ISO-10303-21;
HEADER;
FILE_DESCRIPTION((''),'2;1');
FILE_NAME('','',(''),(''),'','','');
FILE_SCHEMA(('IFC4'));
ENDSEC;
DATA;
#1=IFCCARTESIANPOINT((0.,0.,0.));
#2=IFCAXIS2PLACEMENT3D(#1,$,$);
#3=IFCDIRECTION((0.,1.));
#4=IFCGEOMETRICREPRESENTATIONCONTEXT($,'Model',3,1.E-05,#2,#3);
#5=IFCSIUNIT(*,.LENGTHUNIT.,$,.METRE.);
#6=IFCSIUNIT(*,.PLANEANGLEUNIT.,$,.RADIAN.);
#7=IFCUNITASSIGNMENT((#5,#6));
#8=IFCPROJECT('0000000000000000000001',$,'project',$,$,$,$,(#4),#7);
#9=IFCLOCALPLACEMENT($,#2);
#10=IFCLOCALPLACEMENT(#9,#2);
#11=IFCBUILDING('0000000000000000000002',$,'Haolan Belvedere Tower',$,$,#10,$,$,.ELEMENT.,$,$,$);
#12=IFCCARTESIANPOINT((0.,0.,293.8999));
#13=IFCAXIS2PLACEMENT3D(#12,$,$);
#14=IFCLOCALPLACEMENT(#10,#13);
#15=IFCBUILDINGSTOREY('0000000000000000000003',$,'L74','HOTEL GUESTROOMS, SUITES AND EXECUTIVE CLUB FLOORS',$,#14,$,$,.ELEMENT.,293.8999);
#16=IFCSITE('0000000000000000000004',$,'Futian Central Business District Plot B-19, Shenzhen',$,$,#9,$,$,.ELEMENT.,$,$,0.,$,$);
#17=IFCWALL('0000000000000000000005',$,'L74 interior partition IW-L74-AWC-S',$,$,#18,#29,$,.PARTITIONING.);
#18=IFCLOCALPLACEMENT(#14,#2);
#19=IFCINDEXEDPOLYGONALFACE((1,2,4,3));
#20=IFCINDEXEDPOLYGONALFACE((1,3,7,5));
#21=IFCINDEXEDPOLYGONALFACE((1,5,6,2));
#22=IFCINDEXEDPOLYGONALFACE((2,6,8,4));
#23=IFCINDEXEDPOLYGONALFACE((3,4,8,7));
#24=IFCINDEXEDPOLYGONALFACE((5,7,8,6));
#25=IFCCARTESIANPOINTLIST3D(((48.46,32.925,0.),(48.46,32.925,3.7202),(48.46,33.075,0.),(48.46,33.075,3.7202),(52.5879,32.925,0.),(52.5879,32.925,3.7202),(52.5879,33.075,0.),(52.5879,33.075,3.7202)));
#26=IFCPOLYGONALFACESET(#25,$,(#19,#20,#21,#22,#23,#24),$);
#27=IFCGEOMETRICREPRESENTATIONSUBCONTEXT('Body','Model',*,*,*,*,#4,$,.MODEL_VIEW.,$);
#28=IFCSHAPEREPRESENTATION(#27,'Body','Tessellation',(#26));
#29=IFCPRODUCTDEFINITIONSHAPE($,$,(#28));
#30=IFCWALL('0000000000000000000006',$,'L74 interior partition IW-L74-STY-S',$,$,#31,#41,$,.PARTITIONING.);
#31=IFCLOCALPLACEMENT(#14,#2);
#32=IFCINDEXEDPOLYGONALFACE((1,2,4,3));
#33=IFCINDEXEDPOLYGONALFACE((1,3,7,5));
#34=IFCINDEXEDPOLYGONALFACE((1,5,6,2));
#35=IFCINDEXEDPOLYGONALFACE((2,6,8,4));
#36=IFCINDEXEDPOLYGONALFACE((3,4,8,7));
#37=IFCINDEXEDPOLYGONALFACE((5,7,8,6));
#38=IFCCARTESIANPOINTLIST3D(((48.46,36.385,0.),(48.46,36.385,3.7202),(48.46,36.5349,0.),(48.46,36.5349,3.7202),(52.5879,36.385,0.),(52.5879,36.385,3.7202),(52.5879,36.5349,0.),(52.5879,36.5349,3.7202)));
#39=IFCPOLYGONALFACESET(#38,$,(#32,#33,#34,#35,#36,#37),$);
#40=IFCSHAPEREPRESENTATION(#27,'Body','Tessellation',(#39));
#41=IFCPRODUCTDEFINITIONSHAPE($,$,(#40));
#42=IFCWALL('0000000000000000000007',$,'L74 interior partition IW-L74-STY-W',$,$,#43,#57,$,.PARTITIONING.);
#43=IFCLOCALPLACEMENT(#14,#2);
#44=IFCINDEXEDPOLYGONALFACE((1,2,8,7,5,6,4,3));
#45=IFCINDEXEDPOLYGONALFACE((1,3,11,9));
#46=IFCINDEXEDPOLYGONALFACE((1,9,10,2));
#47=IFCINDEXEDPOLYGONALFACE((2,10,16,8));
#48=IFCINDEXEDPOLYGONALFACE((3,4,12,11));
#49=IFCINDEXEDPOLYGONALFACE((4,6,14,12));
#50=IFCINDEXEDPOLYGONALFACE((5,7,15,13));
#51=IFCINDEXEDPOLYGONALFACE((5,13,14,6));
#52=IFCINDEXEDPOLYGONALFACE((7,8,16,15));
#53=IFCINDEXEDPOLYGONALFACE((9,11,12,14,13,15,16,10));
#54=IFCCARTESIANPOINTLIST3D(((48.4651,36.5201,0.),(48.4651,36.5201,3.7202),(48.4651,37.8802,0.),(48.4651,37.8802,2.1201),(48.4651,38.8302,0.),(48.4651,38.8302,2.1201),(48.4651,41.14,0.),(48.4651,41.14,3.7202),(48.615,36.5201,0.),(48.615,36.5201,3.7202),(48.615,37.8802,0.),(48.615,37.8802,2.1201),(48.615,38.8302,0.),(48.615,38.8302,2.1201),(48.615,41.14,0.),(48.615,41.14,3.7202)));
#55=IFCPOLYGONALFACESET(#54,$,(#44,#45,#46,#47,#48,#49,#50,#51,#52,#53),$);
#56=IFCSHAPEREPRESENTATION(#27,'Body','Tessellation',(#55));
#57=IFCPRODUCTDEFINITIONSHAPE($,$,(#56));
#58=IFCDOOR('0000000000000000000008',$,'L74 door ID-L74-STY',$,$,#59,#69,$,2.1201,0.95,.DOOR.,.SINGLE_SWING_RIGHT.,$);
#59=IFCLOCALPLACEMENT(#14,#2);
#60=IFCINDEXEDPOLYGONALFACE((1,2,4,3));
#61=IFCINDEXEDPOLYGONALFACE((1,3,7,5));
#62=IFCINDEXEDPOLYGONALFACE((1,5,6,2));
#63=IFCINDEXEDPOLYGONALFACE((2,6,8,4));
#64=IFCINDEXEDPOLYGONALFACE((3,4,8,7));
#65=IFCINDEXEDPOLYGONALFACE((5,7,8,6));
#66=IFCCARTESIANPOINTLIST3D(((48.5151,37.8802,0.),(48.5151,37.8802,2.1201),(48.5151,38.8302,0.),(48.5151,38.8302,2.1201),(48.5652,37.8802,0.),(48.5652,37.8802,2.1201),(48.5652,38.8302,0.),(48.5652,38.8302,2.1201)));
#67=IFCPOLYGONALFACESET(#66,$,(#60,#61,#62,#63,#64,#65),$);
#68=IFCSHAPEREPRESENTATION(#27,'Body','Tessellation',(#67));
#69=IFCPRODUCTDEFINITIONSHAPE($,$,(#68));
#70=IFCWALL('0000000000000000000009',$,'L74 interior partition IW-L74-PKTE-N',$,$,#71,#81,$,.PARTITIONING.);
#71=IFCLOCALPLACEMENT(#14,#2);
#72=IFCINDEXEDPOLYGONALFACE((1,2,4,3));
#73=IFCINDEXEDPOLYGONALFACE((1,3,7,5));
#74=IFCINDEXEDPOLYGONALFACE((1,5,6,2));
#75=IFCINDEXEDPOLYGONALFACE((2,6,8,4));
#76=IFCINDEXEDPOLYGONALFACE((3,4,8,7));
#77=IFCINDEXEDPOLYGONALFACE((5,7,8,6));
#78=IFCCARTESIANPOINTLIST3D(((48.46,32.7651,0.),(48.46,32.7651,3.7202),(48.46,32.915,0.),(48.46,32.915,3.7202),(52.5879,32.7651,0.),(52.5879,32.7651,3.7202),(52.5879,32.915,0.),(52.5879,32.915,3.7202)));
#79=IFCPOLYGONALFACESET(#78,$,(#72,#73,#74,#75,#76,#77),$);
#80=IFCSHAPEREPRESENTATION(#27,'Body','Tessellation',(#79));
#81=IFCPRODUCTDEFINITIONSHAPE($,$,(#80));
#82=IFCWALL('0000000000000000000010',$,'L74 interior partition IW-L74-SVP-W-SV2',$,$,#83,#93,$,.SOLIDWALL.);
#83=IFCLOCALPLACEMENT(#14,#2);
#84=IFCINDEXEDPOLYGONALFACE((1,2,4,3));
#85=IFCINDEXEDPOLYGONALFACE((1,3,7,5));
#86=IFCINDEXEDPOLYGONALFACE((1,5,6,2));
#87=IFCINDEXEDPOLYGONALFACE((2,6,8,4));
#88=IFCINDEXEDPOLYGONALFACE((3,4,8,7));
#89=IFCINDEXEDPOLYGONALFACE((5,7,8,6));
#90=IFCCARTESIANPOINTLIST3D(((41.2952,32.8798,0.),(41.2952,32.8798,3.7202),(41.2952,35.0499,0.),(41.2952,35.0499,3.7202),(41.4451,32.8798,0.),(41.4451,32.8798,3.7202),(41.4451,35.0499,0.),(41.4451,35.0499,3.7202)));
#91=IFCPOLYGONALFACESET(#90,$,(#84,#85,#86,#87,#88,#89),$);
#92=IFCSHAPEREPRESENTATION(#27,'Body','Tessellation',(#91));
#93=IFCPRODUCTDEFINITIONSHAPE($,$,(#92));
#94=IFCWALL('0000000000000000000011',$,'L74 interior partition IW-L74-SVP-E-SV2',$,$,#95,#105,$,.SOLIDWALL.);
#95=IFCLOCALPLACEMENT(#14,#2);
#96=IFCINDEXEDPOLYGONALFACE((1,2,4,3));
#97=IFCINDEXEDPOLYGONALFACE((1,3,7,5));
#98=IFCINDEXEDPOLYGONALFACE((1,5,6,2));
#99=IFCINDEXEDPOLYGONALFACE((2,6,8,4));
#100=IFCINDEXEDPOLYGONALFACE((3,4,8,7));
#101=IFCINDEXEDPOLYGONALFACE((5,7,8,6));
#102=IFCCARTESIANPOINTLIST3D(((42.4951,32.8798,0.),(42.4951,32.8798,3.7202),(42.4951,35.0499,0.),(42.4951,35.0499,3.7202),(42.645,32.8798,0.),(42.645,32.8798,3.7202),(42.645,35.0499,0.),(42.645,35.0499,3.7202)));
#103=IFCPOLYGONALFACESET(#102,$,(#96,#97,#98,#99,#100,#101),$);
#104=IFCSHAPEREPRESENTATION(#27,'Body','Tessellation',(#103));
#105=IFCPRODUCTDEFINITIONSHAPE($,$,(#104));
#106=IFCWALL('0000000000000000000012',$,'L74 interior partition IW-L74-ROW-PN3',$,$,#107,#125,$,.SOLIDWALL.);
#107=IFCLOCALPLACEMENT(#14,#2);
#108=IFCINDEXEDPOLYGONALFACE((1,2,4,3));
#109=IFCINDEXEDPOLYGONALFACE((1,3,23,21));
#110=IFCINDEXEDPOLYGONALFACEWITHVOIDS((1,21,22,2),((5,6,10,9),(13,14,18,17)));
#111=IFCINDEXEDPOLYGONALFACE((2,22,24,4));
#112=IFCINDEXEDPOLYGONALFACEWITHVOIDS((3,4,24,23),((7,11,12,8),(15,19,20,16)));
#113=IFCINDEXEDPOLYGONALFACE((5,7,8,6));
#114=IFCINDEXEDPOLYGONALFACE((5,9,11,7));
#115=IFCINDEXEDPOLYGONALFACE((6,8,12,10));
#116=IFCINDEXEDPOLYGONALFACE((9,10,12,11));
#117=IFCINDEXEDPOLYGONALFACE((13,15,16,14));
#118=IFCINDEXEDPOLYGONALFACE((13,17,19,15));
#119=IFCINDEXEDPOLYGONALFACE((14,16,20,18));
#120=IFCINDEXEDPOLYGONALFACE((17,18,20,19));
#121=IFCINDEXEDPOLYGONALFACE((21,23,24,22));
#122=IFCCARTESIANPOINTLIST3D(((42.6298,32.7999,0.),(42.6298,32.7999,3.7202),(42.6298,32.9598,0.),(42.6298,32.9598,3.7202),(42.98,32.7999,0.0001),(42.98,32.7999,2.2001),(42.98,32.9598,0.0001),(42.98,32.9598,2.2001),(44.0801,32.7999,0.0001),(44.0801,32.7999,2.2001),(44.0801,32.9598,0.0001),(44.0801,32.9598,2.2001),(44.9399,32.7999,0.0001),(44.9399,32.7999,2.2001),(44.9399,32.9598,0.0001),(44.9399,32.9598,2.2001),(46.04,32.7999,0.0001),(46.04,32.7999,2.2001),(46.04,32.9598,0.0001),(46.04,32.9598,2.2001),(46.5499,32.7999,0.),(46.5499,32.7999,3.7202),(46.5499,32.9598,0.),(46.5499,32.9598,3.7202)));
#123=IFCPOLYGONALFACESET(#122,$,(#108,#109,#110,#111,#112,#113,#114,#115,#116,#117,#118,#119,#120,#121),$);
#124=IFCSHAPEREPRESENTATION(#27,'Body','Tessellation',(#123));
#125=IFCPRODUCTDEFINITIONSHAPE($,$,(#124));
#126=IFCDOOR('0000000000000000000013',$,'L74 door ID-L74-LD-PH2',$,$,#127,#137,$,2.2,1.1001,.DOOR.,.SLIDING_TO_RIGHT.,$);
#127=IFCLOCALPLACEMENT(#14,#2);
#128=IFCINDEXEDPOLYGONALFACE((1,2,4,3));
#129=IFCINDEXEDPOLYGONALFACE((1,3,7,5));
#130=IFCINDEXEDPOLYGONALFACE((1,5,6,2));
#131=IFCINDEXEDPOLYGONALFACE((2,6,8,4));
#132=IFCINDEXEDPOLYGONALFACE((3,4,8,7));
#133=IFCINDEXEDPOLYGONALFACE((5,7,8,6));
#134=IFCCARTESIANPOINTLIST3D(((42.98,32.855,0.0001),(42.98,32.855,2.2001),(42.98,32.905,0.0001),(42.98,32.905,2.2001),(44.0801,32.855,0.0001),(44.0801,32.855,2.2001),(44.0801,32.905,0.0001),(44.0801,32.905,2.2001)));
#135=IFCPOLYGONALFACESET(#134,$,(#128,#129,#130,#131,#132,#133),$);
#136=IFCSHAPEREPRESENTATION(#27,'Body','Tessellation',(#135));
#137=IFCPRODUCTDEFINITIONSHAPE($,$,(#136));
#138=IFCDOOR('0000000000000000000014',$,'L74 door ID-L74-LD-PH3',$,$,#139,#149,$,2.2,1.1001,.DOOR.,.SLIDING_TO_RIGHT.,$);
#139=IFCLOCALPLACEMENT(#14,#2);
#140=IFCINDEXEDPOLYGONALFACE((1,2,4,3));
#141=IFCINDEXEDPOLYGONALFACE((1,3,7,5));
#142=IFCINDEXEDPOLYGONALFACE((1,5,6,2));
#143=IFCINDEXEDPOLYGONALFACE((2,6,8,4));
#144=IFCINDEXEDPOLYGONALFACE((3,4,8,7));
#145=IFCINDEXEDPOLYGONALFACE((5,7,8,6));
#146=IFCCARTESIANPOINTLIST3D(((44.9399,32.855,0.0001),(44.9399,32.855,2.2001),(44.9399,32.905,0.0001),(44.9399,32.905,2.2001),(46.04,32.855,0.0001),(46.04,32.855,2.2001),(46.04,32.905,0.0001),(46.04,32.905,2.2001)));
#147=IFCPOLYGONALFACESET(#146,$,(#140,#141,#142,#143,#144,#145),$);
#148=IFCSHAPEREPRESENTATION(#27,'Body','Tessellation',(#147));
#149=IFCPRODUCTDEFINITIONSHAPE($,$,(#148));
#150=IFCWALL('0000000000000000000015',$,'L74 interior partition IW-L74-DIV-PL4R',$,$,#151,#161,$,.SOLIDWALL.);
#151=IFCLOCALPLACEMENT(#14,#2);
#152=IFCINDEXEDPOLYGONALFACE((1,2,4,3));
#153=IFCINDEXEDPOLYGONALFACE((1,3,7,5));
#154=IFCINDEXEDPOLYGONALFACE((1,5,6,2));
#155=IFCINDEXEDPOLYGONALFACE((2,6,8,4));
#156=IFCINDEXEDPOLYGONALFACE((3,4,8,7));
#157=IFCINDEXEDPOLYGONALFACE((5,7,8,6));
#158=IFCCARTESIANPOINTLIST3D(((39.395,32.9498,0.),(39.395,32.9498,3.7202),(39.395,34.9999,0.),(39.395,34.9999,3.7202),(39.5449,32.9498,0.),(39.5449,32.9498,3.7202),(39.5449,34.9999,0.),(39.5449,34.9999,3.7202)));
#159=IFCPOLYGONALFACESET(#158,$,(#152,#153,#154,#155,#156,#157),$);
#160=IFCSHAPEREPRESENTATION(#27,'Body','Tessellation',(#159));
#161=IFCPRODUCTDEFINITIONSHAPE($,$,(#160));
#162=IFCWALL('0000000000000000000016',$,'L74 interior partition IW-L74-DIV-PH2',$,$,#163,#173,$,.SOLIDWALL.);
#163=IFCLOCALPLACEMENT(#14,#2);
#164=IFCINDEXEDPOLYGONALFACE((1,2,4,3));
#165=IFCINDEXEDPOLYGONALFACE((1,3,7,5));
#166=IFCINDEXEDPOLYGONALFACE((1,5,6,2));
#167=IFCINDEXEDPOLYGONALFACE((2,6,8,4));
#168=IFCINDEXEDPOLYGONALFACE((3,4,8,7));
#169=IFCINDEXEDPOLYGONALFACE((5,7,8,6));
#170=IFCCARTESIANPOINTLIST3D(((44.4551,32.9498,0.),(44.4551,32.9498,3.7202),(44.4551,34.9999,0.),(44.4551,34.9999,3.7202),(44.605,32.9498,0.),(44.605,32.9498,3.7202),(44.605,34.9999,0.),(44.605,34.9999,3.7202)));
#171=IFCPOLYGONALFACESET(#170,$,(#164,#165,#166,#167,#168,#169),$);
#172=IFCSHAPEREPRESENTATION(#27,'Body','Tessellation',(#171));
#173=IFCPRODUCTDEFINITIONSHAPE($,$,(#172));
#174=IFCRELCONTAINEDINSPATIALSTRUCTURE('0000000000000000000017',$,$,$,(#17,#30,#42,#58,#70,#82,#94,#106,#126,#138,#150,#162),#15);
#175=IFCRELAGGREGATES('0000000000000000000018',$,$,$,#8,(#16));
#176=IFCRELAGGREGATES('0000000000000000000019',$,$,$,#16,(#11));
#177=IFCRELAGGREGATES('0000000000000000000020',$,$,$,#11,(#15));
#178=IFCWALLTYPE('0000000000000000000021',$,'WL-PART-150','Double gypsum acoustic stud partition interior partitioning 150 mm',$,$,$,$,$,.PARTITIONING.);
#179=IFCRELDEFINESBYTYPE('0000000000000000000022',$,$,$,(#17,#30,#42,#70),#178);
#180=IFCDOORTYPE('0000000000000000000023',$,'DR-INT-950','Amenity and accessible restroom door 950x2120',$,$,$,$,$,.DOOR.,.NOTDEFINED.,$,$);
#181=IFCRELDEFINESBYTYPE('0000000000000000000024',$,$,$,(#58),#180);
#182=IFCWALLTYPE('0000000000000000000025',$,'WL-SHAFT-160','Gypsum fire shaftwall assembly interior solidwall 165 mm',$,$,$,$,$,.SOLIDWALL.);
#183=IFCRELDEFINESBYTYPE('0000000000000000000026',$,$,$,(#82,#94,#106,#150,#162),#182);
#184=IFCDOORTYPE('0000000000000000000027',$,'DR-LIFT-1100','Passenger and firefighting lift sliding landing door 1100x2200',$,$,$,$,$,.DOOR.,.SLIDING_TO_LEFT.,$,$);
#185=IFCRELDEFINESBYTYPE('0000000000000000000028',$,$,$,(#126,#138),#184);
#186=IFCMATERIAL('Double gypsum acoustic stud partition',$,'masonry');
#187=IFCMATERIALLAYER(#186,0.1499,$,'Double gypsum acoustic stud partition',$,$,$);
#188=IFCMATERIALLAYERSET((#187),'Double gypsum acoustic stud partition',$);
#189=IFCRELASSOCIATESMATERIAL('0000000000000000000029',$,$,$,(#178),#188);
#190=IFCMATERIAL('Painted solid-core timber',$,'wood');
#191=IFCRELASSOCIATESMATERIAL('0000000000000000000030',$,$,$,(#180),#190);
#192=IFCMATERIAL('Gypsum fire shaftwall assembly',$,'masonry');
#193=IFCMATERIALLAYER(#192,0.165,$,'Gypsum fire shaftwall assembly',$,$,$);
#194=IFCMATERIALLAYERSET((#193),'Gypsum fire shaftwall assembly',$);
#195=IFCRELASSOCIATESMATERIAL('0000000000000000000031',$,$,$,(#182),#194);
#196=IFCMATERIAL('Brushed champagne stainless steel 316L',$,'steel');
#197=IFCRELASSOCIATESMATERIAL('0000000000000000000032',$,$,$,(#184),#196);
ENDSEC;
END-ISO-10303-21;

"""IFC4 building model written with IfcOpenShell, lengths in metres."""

from ifc_helpers import new_model, si_unit, direction, frame, frame_2d, origin, place, context, subcontext, project, spatial, rectangle, extrude, material, layer, layer_set, type_object, element, fill, save


model = new_model("IFC4")

# Units and contexts
model_context = context("Model", 3, precision=1e-05, world=origin(), true_north=direction((0.0, 1.0)))
body_context = subcontext(model_context, "Body", "Model", "MODEL_VIEW")
ifc_project = project(units=[si_unit("LENGTHUNIT", "METRE"), si_unit("PLANEANGLEUNIT", "RADIAN")], contexts=[model_context])

# Site, building, storey
site_placement = place(None, origin())
site = spatial("IfcSite", under=ifc_project, at=site_placement, Name="Futian Central Business District Plot B-19, Shenzhen", CompositionType="ELEMENT", RefElevation=0.0)
building_placement = place(site_placement, origin())
building = spatial("IfcBuilding", under=site, at=building_placement, Name="Haolan Belvedere Tower", CompositionType="ELEMENT")
storey_placement = place(building_placement, frame((0.0, 0.0, 293.8999)))
storey = spatial("IfcBuildingStorey", under=building, at=storey_placement, Name="L74", Description="HOTEL GUESTROOMS, SUITES AND EXECUTIVE CLUB FLOORS", CompositionType="ELEMENT", Elevation=293.8999)

# Wall
ifc_material_1 = material(Name="Double gypsum acoustic stud partition", Category="masonry")
ifc_layer_1 = layer(ifc_material_1, 0.1499, Name="Double gypsum acoustic stud partition")
ifc_layer_set_1 = layer_set([ifc_layer_1], Name="Double gypsum acoustic stud partition")
wall_type_1 = type_object("IfcWallType", Name="WL-PART-150", Description="Double gypsum acoustic stud partition interior partitioning 150 mm", PredefinedType="PARTITIONING", material=ifc_layer_set_1)
for number, where, z_axis, x_axis, name in (
    (1, (48.46, 33.0, 0.0), (0.0, 0.0, 1.0), (1.0, 0.0, 0.0), "L74 interior partition IW-L74-AWC-S"),
):
    element("IfcWall", number, at=place(storey_placement, frame(where, z_axis=z_axis, x_axis=x_axis)), inside=storey, type_object=wall_type_1, Name=name, PredefinedType="PARTITIONING", context=body_context, shape_type="SweptSolid", body=[
        extrude(rectangle(XDim=4.1279, YDim=0.1499, at=frame_2d((2.064, 0.0))), origin(), (0.0, 0.0, 1.0), 3.7202),
    ])

# Shared definitions
ifc_material_2 = material(Name="Painted solid-core timber", Category="wood")
door_type_1 = type_object("IfcDoorType", Name="DR-INT-950", Description="Amenity and accessible restroom door 950x2120", OperationType="NOTDEFINED", PredefinedType="DOOR", material=ifc_material_2)

# Wall
wall_1_placement = place(storey_placement, frame((48.46, 36.46, 0.0), z_axis=(0.0, 0.0, 1.0), x_axis=(1.0, 0.0, 0.0)))
element("IfcWall", 2, at=wall_1_placement, inside=storey, type_object=wall_type_1, Name="L74 interior partition IW-L74-STY-S", PredefinedType="PARTITIONING", context=body_context, shape_type="SweptSolid", body=[
    extrude(rectangle(XDim=4.1279, YDim=0.1499, at=frame_2d((2.064, 0.0))), origin(), (0.0, 0.0, 1.0), 3.7202),
])

# Wall, opening, door
wall_2_placement = place(storey_placement, frame((48.54, 36.52, 0.0), z_axis=(0.0, 0.0, 1.0), x_axis=(0.0, 1.0, 0.0)))
wall_2 = element("IfcWall", 3, at=wall_2_placement, inside=storey, type_object=wall_type_1, Name="L74 interior partition IW-L74-STY-W", PredefinedType="PARTITIONING", context=body_context, shape_type="SweptSolid", body=[
    extrude(rectangle(XDim=4.6199, YDim=0.1499, at=frame_2d((2.3101, 0.0))), origin(), (0.0, 0.0, 1.0), 3.7202),
])
opening_1_placement = place(wall_2_placement, frame((1.3601, 0.0, 0.0)))
opening_1 = element("IfcOpeningElement", 4, at=opening_1_placement, cuts=wall_2, PredefinedType="OPENING", context=body_context, shape_type="SweptSolid", body=[
    extrude(rectangle(XDim=0.95, YDim=2.1201, at=frame_2d((0.4751, 1.0601))), frame((0.0, 0.085, 0.0), z_axis=(0.0, -1.0, 0.0), x_axis=(1.0, 0.0, 0.0)), (0.0, 0.0, 1.0), 0.1699),
])
door_1_placement = place(opening_1_placement, origin())
door_1 = element("IfcDoor", 5, at=door_1_placement, inside=storey, type_object=door_type_1, Name="L74 door ID-L74-STY", OperationType="SINGLE_SWING_RIGHT", OverallHeight=2.1201, OverallWidth=0.95, PredefinedType="DOOR", context=body_context, shape_type="SweptSolid", body=[
    extrude(rectangle(XDim=0.95, YDim=2.1201, at=frame_2d((0.4751, 1.0601))), frame((0.0, 0.0249, 0.0), z_axis=(0.0, -1.0, 0.0), x_axis=(1.0, 0.0, 0.0)), (0.0, 0.0, 1.0), 0.05),
])
fill(opening_1, door_1)

# Walls
wall_3_placement = place(storey_placement, frame((48.46, 32.8401, 0.0), z_axis=(0.0, 0.0, 1.0), x_axis=(1.0, 0.0, 0.0)))
element("IfcWall", 6, at=wall_3_placement, inside=storey, type_object=wall_type_1, Name="L74 interior partition IW-L74-PKTE-N", PredefinedType="PARTITIONING", context=body_context, shape_type="SweptSolid", body=[
    extrude(rectangle(XDim=4.1279, YDim=0.1499, at=frame_2d((2.064, 0.0))), origin(), (0.0, 0.0, 1.0), 3.7202),
])
ifc_material_3 = material(Name="Gypsum fire shaftwall assembly", Category="masonry")
ifc_layer_2 = layer(ifc_material_3, 0.165, Name="Gypsum fire shaftwall assembly")
ifc_layer_set_2 = layer_set([ifc_layer_2], Name="Gypsum fire shaftwall assembly")
wall_type_2 = type_object("IfcWallType", Name="WL-SHAFT-160", Description="Gypsum fire shaftwall assembly interior solidwall 165 mm", PredefinedType="SOLIDWALL", material=ifc_layer_set_2)
for number, where, z_axis, x_axis, name in (
    (7, (41.3701, 32.8799, 0.0), (0.0, 0.0, 1.0), (0.0, 1.0, 0.0), "L74 interior partition IW-L74-SVP-W-SV2"),
    (8, (42.5701, 32.8799, 0.0), (0.0, 0.0, 1.0), (0.0, 1.0, 0.0), "L74 interior partition IW-L74-SVP-E-SV2"),
):
    element("IfcWall", number, at=place(storey_placement, frame(where, z_axis=z_axis, x_axis=x_axis)), inside=storey, type_object=wall_type_2, Name=name, PredefinedType="SOLIDWALL", context=body_context, shape_type="SweptSolid", body=[
        extrude(rectangle(XDim=2.1702, YDim=0.1499, at=frame_2d((1.085, 0.0))), origin(), (0.0, 0.0, 1.0), 3.7202),
    ])

# Wall, openings, doors
wall_4_placement = place(storey_placement, frame((42.6299, 32.8799, 0.0), z_axis=(0.0, 0.0, 1.0), x_axis=(1.0, 0.0, 0.0)))
wall_4 = element("IfcWall", 9, at=wall_4_placement, inside=storey, type_object=wall_type_2, Name="L74 interior partition IW-L74-ROW-PN3", PredefinedType="SOLIDWALL", context=body_context, shape_type="SweptSolid", body=[
    extrude(rectangle(XDim=3.9202, YDim=0.1599, at=frame_2d((1.96, 0.0))), origin(), (0.0, 0.0, 1.0), 3.7202),
])
opening_2_placement = place(wall_4_placement, frame((1.4502, 0.0, 0.0), z_axis=(0.0, 0.0, 1.0), x_axis=(-1.0, 0.0, 0.0)))
opening_2 = element("IfcOpeningElement", 10, at=opening_2_placement, cuts=wall_4, PredefinedType="OPENING", context=body_context, shape_type="SweptSolid", body=[
    extrude(rectangle(XDim=1.1001, YDim=2.2, at=frame_2d((0.55, 1.1001))), frame((0.0, 0.0898, 0.0), z_axis=(0.0, -1.0, 0.0), x_axis=(1.0, 0.0, 0.0)), (0.0, 0.0, 1.0), 0.1799),
])
opening_3_placement = place(wall_4_placement, frame((3.4102, 0.0, 0.0), z_axis=(0.0, 0.0, 1.0), x_axis=(-1.0, 0.0, 0.0)))
opening_3 = element("IfcOpeningElement", 11, at=opening_3_placement, cuts=wall_4, PredefinedType="OPENING", context=body_context, shape_type="SweptSolid", body=[
    extrude(rectangle(XDim=1.1001, YDim=2.2, at=frame_2d((0.55, 1.1001))), frame((0.0, 0.0898, 0.0), z_axis=(0.0, -1.0, 0.0), x_axis=(1.0, 0.0, 0.0)), (0.0, 0.0, 1.0), 0.1799),
])
ifc_material_4 = material(Name="Brushed champagne stainless steel 316L", Category="steel")
door_type_2 = type_object("IfcDoorType", Name="DR-LIFT-1100", Description="Passenger and firefighting lift sliding landing door 1100x2200", OperationType="SLIDING_TO_LEFT", PredefinedType="DOOR", material=ifc_material_4)
door_2_placement = place(opening_2_placement, origin())
door_2 = element("IfcDoor", 12, at=door_2_placement, inside=storey, type_object=door_type_2, Name="L74 door ID-L74-LD-PH2", OperationType="SLIDING_TO_RIGHT", OverallHeight=2.2, OverallWidth=1.1001, PredefinedType="DOOR", context=body_context, shape_type="SweptSolid", body=[
    extrude(rectangle(XDim=1.1001, YDim=2.2, at=frame_2d((0.55, 1.1001))), frame((0.0, 0.0249, 0.0), z_axis=(0.0, -1.0, 0.0), x_axis=(1.0, 0.0, 0.0)), (0.0, 0.0, 1.0), 0.05),
])
fill(opening_2, door_2)
door_3_placement = place(opening_3_placement, origin())
door_3 = element("IfcDoor", 13, at=door_3_placement, inside=storey, type_object=door_type_2, Name="L74 door ID-L74-LD-PH3", OperationType="SLIDING_TO_RIGHT", OverallHeight=2.2, OverallWidth=1.1001, PredefinedType="DOOR", context=body_context, shape_type="SweptSolid", body=[
    extrude(rectangle(XDim=1.1001, YDim=2.2, at=frame_2d((0.55, 1.1001))), frame((0.0, 0.0249, 0.0), z_axis=(0.0, -1.0, 0.0), x_axis=(1.0, 0.0, 0.0)), (0.0, 0.0, 1.0), 0.05),
])
fill(opening_3, door_3)

# Walls
for number, where, z_axis, x_axis, name in (
    (14, (39.47, 32.95, 0.0), (0.0, 0.0, 1.0), (0.0, 1.0, 0.0), "L74 interior partition IW-L74-DIV-PL4R"),
    (15, (44.53, 32.95, 0.0), (0.0, 0.0, 1.0), (0.0, 1.0, 0.0), "L74 interior partition IW-L74-DIV-PH2"),
):
    element("IfcWall", number, at=place(storey_placement, frame(where, z_axis=z_axis, x_axis=x_axis)), inside=storey, type_object=wall_type_2, Name=name, PredefinedType="SOLIDWALL", context=body_context, shape_type="SweptSolid", body=[
        extrude(rectangle(XDim=2.05, YDim=0.1499, at=frame_2d((1.0249, 0.0))), origin(), (0.0, 0.0, 1.0), 3.7202),
    ])

save(model, "model.ifc")
